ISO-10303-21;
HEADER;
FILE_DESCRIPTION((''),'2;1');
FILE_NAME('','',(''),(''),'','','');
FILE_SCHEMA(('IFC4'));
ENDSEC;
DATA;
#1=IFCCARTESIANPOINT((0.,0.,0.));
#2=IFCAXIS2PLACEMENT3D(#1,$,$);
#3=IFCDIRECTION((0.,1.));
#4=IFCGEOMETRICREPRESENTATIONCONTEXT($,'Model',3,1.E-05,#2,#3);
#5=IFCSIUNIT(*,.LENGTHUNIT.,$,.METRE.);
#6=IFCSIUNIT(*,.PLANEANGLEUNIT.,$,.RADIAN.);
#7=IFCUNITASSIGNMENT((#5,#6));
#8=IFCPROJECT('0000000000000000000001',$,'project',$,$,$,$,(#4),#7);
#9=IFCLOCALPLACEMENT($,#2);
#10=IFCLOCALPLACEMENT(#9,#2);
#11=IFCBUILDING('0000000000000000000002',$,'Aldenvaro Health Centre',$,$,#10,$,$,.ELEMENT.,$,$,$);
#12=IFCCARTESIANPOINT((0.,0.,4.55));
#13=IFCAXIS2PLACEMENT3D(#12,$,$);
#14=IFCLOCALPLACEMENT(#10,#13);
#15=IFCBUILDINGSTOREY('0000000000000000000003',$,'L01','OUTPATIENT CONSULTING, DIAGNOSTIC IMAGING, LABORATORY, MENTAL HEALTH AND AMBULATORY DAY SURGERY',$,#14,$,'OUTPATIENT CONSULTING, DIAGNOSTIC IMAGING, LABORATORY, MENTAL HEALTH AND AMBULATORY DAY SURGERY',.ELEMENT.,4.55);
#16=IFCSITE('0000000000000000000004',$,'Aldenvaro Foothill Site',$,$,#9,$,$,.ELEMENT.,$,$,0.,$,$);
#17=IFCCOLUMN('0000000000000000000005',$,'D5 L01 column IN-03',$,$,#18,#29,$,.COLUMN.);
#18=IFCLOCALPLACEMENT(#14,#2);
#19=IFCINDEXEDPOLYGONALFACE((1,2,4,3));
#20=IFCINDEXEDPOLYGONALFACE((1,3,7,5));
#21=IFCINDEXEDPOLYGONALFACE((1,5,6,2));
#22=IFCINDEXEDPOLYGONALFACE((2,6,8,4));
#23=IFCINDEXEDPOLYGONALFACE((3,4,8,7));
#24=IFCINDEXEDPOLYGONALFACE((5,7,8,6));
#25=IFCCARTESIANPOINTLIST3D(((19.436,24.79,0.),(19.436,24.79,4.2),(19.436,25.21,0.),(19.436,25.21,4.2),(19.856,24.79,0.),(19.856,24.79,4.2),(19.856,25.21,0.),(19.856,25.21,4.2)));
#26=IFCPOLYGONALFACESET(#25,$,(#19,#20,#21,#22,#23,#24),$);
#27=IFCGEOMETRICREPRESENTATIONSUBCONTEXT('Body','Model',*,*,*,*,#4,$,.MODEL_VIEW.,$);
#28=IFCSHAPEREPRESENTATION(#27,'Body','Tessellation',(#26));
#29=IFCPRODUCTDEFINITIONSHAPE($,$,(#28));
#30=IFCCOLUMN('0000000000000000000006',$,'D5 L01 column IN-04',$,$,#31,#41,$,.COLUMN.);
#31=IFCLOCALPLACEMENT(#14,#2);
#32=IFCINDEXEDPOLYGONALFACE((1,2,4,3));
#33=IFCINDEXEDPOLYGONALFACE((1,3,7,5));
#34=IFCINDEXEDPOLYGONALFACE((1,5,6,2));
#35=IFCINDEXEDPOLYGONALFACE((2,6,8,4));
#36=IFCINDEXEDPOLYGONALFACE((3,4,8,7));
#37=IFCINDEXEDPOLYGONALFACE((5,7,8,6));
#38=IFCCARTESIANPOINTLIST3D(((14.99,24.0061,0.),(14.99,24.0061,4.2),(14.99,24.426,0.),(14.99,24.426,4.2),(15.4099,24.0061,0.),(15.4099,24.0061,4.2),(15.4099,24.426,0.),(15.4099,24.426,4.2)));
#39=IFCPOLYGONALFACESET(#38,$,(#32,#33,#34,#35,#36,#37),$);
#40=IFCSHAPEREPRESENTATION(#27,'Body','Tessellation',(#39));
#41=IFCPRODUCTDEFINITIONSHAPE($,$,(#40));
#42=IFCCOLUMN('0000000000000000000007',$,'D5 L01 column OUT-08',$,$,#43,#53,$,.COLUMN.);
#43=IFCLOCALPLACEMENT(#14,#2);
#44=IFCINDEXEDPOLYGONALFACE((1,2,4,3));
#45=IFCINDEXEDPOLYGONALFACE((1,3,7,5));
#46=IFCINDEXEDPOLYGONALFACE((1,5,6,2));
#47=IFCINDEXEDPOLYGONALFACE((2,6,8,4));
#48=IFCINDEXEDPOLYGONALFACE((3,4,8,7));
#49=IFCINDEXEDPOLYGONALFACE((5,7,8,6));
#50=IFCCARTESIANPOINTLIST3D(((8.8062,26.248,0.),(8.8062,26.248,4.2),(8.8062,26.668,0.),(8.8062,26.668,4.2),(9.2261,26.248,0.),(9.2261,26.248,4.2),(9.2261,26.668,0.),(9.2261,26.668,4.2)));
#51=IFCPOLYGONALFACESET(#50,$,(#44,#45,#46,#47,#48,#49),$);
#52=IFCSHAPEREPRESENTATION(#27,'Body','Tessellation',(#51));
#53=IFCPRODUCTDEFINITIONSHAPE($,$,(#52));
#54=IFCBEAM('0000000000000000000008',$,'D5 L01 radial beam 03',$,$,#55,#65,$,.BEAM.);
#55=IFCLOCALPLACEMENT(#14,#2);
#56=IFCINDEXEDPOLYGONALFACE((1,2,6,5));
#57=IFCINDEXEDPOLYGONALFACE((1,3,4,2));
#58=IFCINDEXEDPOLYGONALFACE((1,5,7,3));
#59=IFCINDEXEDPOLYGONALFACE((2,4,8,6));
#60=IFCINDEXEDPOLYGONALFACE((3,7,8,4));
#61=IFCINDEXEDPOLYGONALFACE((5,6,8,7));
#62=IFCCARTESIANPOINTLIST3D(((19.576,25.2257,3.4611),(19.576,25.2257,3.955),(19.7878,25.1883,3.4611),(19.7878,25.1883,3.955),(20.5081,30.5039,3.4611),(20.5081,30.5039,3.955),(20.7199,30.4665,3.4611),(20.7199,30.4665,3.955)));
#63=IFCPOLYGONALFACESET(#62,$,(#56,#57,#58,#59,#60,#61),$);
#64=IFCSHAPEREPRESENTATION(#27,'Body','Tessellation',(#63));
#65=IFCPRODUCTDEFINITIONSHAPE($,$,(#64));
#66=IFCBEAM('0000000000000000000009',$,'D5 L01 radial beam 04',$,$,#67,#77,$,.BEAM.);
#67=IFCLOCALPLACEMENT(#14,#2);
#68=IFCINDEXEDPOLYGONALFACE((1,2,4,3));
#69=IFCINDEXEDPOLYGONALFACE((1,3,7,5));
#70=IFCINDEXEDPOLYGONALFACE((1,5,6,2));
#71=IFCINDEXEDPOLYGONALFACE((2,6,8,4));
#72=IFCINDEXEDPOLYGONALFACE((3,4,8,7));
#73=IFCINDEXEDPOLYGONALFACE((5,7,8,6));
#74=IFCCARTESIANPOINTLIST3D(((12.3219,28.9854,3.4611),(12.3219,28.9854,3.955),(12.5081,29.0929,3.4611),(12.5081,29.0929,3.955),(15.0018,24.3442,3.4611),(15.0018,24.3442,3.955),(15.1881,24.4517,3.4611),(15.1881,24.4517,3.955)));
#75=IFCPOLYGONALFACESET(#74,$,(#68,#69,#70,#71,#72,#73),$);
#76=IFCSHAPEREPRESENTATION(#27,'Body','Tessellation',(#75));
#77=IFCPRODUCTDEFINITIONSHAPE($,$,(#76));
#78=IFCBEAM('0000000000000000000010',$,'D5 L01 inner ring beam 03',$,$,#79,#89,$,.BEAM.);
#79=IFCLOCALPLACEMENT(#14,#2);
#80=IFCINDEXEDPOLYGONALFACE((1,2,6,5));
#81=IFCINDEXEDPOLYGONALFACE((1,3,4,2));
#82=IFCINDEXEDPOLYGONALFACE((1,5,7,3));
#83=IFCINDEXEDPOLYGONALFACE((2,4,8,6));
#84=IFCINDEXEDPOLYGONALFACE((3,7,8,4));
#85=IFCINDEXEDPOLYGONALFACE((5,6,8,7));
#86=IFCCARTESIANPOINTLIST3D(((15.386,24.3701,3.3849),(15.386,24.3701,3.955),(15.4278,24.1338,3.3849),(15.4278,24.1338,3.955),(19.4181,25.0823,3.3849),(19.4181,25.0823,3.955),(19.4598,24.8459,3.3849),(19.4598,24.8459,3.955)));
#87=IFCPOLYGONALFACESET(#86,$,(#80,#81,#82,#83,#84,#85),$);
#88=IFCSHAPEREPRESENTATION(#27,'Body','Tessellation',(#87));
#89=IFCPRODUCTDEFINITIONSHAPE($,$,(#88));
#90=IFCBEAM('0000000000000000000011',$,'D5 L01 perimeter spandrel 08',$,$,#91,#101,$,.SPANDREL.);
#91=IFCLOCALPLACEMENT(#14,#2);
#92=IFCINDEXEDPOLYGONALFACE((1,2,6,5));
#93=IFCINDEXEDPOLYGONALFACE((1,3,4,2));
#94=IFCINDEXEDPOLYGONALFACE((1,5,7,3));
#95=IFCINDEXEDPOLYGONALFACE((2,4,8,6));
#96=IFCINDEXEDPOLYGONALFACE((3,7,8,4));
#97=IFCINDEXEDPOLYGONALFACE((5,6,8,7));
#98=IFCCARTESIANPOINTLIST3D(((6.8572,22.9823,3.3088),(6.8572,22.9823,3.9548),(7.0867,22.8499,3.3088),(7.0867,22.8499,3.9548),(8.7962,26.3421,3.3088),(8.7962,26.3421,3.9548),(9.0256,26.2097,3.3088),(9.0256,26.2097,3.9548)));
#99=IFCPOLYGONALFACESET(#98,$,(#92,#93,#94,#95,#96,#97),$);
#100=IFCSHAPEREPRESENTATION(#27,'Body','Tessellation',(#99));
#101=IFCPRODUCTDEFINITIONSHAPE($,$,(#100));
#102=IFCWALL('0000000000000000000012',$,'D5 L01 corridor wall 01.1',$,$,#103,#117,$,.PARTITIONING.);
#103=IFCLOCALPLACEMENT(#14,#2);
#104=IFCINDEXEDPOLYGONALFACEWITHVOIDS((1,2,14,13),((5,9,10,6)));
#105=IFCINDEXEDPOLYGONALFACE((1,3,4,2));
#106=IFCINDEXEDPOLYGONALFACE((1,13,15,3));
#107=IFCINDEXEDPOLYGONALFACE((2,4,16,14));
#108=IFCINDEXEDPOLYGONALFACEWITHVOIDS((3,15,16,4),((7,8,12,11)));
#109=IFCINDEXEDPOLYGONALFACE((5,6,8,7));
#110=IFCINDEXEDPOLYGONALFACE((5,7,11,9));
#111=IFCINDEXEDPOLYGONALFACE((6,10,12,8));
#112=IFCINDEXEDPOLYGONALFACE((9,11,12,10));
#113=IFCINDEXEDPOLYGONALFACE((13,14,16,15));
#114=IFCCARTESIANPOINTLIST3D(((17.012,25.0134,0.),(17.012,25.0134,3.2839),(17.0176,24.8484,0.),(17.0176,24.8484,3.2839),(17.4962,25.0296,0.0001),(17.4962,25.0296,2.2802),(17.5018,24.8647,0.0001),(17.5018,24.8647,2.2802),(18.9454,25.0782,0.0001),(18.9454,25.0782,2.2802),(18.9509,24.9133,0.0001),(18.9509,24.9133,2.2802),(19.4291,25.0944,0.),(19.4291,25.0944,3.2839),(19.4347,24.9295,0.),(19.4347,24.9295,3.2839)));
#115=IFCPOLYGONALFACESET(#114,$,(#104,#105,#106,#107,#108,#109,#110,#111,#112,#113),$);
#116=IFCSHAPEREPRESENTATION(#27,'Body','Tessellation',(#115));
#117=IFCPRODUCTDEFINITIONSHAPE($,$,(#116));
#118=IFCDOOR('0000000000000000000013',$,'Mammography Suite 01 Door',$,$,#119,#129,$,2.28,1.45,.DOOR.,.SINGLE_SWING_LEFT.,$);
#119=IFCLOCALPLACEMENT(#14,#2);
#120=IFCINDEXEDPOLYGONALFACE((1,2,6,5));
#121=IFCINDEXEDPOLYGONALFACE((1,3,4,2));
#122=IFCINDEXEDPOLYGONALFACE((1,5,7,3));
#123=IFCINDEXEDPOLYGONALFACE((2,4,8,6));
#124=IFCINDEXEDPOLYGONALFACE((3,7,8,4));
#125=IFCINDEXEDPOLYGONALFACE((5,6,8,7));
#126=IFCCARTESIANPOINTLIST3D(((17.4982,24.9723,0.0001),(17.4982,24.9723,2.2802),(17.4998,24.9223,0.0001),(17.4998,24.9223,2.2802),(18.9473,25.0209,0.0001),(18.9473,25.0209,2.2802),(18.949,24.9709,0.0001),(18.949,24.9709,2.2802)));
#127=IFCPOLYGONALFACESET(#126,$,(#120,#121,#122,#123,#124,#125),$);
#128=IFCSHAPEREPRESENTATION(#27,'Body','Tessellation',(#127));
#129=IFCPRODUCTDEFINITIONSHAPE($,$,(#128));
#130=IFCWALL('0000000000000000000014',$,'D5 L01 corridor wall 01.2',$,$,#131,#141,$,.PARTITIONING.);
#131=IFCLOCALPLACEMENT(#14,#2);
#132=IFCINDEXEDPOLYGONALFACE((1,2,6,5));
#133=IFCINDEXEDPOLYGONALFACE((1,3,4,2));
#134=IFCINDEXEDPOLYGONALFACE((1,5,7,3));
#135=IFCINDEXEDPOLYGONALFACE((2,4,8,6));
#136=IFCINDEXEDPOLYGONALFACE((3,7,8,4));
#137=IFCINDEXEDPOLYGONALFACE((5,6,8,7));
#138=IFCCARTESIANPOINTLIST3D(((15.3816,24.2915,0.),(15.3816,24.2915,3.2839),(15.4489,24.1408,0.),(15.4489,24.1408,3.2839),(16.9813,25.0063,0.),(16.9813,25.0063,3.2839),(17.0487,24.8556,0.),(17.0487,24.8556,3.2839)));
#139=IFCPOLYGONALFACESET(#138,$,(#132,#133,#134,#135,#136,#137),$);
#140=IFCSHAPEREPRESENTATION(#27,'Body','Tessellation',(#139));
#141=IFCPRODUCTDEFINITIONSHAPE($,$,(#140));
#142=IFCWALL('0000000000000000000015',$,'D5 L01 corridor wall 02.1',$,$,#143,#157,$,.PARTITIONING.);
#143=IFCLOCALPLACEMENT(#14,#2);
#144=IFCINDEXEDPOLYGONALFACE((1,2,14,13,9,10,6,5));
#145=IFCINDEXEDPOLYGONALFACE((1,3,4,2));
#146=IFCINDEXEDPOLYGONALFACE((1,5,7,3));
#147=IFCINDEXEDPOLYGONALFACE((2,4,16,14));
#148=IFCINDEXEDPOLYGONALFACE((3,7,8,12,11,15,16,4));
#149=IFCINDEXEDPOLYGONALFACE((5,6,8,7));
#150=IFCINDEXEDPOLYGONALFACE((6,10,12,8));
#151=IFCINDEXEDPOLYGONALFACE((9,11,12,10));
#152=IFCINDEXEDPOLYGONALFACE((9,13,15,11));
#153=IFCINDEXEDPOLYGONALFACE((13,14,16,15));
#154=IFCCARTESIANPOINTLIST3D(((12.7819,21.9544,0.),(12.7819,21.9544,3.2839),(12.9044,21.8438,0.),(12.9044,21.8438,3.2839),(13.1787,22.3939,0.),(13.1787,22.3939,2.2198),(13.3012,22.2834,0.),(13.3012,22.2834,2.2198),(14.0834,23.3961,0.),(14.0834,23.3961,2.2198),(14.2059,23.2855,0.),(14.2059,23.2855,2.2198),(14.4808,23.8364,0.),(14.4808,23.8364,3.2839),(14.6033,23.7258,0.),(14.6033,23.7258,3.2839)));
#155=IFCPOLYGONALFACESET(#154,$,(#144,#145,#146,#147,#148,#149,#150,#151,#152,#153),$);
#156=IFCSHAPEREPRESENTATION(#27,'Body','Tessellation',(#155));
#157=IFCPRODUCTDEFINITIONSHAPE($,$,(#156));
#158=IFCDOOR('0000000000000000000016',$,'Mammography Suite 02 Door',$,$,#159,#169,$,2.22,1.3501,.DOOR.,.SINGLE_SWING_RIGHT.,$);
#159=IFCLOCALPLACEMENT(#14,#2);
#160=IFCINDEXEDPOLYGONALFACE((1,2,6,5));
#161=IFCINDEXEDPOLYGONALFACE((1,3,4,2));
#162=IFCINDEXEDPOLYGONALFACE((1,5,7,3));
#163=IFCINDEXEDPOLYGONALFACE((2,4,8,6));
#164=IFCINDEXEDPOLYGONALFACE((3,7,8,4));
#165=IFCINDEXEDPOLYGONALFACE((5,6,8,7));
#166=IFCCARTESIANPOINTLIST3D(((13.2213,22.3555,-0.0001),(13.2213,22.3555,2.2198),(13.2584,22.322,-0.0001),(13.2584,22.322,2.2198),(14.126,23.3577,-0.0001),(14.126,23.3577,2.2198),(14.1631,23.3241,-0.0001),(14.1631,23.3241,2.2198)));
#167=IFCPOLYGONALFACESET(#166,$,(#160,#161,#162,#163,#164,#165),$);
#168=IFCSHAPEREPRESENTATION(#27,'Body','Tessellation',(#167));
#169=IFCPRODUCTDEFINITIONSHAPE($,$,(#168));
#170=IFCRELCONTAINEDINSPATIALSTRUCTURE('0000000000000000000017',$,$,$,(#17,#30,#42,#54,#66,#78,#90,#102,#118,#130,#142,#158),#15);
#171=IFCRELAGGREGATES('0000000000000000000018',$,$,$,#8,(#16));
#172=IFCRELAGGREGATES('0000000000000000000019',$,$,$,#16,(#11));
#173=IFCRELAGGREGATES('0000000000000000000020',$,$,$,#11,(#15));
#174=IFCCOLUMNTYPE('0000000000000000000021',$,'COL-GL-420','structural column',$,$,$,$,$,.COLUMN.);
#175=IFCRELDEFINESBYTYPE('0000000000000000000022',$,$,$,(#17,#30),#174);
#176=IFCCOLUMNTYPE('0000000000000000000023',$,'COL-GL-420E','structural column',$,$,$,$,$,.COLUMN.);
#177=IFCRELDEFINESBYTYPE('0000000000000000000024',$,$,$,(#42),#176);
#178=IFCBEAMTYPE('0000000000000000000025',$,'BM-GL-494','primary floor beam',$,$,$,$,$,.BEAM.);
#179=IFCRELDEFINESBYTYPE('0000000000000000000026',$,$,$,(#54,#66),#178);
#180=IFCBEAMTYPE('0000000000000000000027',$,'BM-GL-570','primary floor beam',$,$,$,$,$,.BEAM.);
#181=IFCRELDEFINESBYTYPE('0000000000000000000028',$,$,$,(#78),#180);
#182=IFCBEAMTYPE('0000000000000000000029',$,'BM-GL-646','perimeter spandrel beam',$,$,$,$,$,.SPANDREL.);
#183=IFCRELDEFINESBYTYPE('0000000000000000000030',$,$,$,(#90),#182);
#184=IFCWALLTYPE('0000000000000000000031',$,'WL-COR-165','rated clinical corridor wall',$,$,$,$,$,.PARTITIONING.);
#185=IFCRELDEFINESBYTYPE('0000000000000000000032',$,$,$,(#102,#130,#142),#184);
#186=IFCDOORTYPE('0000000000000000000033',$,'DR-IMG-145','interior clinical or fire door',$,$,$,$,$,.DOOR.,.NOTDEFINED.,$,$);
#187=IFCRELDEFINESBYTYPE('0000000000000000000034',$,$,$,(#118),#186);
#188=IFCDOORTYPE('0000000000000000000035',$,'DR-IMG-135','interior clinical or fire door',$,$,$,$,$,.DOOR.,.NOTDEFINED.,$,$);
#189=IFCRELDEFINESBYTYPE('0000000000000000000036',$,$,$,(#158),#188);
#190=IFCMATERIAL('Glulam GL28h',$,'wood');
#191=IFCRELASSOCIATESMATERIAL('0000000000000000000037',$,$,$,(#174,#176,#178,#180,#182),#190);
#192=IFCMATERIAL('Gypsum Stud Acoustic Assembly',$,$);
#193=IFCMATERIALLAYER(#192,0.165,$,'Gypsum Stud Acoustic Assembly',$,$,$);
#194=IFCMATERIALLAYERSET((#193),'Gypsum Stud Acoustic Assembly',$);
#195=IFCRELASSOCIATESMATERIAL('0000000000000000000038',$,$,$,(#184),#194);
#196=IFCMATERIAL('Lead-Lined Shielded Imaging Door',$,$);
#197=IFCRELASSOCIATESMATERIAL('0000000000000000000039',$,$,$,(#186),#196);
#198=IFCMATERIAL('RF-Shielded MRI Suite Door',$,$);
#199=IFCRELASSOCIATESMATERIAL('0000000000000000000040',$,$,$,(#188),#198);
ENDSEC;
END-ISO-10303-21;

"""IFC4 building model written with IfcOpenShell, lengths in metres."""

from ifc_helpers import new_model, si_unit, direction, frame, frame_2d, origin, origin_2d, place, context, subcontext, project, spatial, rectangle, extrude, material, layer, layer_set, material_profile, profile_set, type_object, element, fill, save


model = new_model("IFC4")

# Units and contexts
model_context = context("Model", 3, precision=1e-05, world=origin(), true_north=direction((0.0, 1.0)))
body_context = subcontext(model_context, "Body", "Model", "MODEL_VIEW")
ifc_project = project(units=[si_unit("LENGTHUNIT", "METRE"), si_unit("PLANEANGLEUNIT", "RADIAN")], contexts=[model_context])

# Site, building, storey
site_placement = place(None, origin())
site = spatial("IfcSite", under=ifc_project, at=site_placement, Name="Aldenvaro Foothill Site", CompositionType="ELEMENT", RefElevation=0.0)
building_placement = place(site_placement, origin())
building = spatial("IfcBuilding", under=site, at=building_placement, Name="Aldenvaro Health Centre", CompositionType="ELEMENT")
storey_placement = place(building_placement, frame((0.0, 0.0, 4.55)))
storey = spatial("IfcBuildingStorey", under=building, at=storey_placement, Name="L01", Description="OUTPATIENT CONSULTING, DIAGNOSTIC IMAGING, LABORATORY, MENTAL HEALTH AND AMBULATORY DAY SURGERY", LongName="OUTPATIENT CONSULTING, DIAGNOSTIC IMAGING, LABORATORY, MENTAL HEALTH AND AMBULATORY DAY SURGERY", CompositionType="ELEMENT", Elevation=4.55)

# Columns
ifc_material_1 = material(Name="Glulam GL28h", Category="wood")
ifc_material_profile_1 = material_profile(ifc_material_1, rectangle(XDim=0.4199, YDim=0.4199, at=origin_2d()), Name="GL 420x420", Category="wood")
ifc_profile_set_1 = profile_set([ifc_material_profile_1], Name="Glulam GL28h")
column_type_1 = type_object("IfcColumnType", Name="COL-GL-420", Description="structural column", PredefinedType="COLUMN", material=ifc_profile_set_1)
for number, where, z_axis, x_axis, name in (
    (1, (19.646, 25.0, 0.0), (0.0, 0.0, 1.0), (1.0, 0.0, 0.0), "D5 L01 column IN-03"),
    (2, (15.2, 24.2161, 0.0), (0.0, 0.0, 1.0), (1.0, 0.0, 0.0), "D5 L01 column IN-04"),
):
    element("IfcColumn", number, at=place(storey_placement, frame(where, z_axis=z_axis, x_axis=x_axis)), inside=storey, type_object=column_type_1, Name=name, PredefinedType="COLUMN", context=body_context, shape_type="SweptSolid", body=[
        extrude(rectangle(XDim=0.4199, YDim=0.4199, at=origin_2d()), origin(), (0.0, 0.0, 1.0), 4.2),
    ])
ifc_material_profile_2 = material_profile(ifc_material_1, rectangle(XDim=0.4199, YDim=0.4199, at=origin_2d()), Name="GL 420x420", Category="wood")
ifc_profile_set_2 = profile_set([ifc_material_profile_2], Name="Glulam GL28h")
column_type_2 = type_object("IfcColumnType", Name="COL-GL-420E", Description="structural column", PredefinedType="COLUMN", material=ifc_profile_set_2)
column_placement = place(storey_placement, frame((9.0161, 26.458, 0.0), z_axis=(0.0, 0.0, 1.0), x_axis=(1.0, 0.0, 0.0)))
element("IfcColumn", 3, at=column_placement, inside=storey, type_object=column_type_2, Name="D5 L01 column OUT-08", PredefinedType="COLUMN", context=body_context, shape_type="SweptSolid", body=[
    extrude(rectangle(XDim=0.4199, YDim=0.4199, at=origin_2d()), origin(), (0.0, 0.0, 1.0), 4.2),
])

# Beams
ifc_material_profile_3 = material_profile(ifc_material_1, rectangle(XDim=0.2151, YDim=0.4939, at=origin_2d()), Name="GL 215x494", Category="wood")
ifc_profile_set_3 = profile_set([ifc_material_profile_3], Name="Glulam GL28h")
beam_type_1 = type_object("IfcBeamType", Name="BM-GL-494", Description="primary floor beam", PredefinedType="BEAM", material=ifc_profile_set_3)
beam_1_placement = place(storey_placement, frame((19.6819, 25.207, 3.708), z_axis=(0.173913, 0.984761, 0.0), x_axis=(-0.984761, 0.173913, 0.0)))
element("IfcBeam", 4, at=beam_1_placement, inside=storey, type_object=beam_type_1, Name="D5 L01 radial beam 03", PredefinedType="BEAM", context=body_context, shape_type="SweptSolid", body=[
    extrude(rectangle(XDim=0.2151, YDim=0.4939, at=origin_2d()), origin(), (0.0, 0.0, 1.0), 5.3599),
])
beam_2_placement = place(storey_placement, frame((15.095, 24.3979, 3.708), z_axis=(-0.500054, 0.865994, 0.0), x_axis=(-0.865994, -0.500054, 0.0)))
element("IfcBeam", 5, at=beam_2_placement, inside=storey, type_object=beam_type_1, Name="D5 L01 radial beam 04", PredefinedType="BEAM", context=body_context, shape_type="SweptSolid", body=[
    extrude(rectangle(XDim=0.2151, YDim=0.4939, at=origin_2d()), origin(), (0.0, 0.0, 1.0), 5.3594),
])
ifc_material_profile_4 = material_profile(ifc_material_1, rectangle(XDim=0.24, YDim=0.5701, at=origin_2d()), Name="GL 240x570", Category="wood")
ifc_profile_set_4 = profile_set([ifc_material_profile_4], Name="Glulam GL28h")
beam_type_2 = type_object("IfcBeamType", Name="BM-GL-570", Description="primary floor beam", PredefinedType="BEAM", material=ifc_profile_set_4)
beam_3_placement = place(storey_placement, frame((19.439, 24.9641, 3.6699), z_axis=(-0.984757, -0.173935, 0.0), x_axis=(0.173935, -0.984757, 0.0)))
element("IfcBeam", 6, at=beam_3_placement, inside=storey, type_object=beam_type_2, Name="D5 L01 inner ring beam 03", PredefinedType="BEAM", context=body_context, shape_type="SweptSolid", body=[
    extrude(rectangle(XDim=0.24, YDim=0.5701, at=origin_2d()), origin(), (0.0, 0.0, 1.0), 4.0945),
])
ifc_material_profile_5 = material_profile(ifc_material_1, rectangle(XDim=0.2649, YDim=0.646, at=origin_2d()), Name="GL 265x646", Category="wood")
ifc_profile_set_5 = profile_set([ifc_material_profile_5], Name="Glulam GL28h")
beam_type_3 = type_object("IfcBeamType", Name="BM-GL-646", Description="perimeter spandrel beam", PredefinedType="SPANDREL", material=ifc_profile_set_5)
beam_4_placement = place(storey_placement, frame((8.9109, 26.2759, 3.6318), z_axis=(-0.499835, -0.866121, 0.0), x_axis=(0.866121, -0.499835, 0.0)))
element("IfcBeam", 7, at=beam_4_placement, inside=storey, type_object=beam_type_3, Name="D5 L01 perimeter spandrel 08", PredefinedType="SPANDREL", context=body_context, shape_type="SweptSolid", body=[
    extrude(rectangle(XDim=0.2649, YDim=0.646, at=origin_2d()), origin(), (0.0, 0.0, 1.0), 3.8792),
])

# Wall, opening, door
ifc_material_2 = material(Name="Gypsum Stud Acoustic Assembly")
ifc_layer_1 = layer(ifc_material_2, 0.165, Name="Gypsum Stud Acoustic Assembly")
ifc_layer_set_1 = layer_set([ifc_layer_1], Name="Gypsum Stud Acoustic Assembly")
wall_type_1 = type_object("IfcWallType", Name="WL-COR-165", Description="rated clinical corridor wall", PredefinedType="PARTITIONING", material=ifc_layer_set_1)
wall_1_placement = place(storey_placement, frame((19.4319, 25.012, 0.0), z_axis=(0.0, 0.0, 1.0), x_axis=(-0.999438, -0.033517, 0.0)))
wall_1 = element("IfcWall", 8, at=wall_1_placement, inside=storey, type_object=wall_type_1, Name="D5 L01 corridor wall 01.1", PredefinedType="PARTITIONING", context=body_context, shape_type="SweptSolid", body=[
    extrude(rectangle(XDim=2.4185, YDim=0.165, at=frame_2d((1.2092, 0.0))), origin(), (0.0, 0.0, 1.0), 3.2839),
])
opening_1_placement = place(wall_1_placement, frame((0.4839, 0.0, 0.0)))
opening_1 = element("IfcOpeningElement", 9, at=opening_1_placement, cuts=wall_1, PredefinedType="OPENING", context=body_context, shape_type="SweptSolid", body=[
    extrude(rectangle(XDim=1.45, YDim=2.28, at=frame_2d((0.7251, 1.1401))), frame((0.0, 0.0925, 0.0), z_axis=(0.0, -1.0, 0.0), x_axis=(1.0, 0.0, 0.0)), (0.0, 0.0, 1.0), 0.1851),
])
ifc_material_3 = material(Name="Lead-Lined Shielded Imaging Door")
door_type_1 = type_object("IfcDoorType", Name="DR-IMG-145", Description="interior clinical or fire door", OperationType="NOTDEFINED", PredefinedType="DOOR", material=ifc_material_3)
door_1_placement = place(opening_1_placement, origin())
door_1 = element("IfcDoor", 10, at=door_1_placement, inside=storey, type_object=door_type_1, Name="Mammography Suite 01 Door", OperationType="SINGLE_SWING_LEFT", OverallHeight=2.28, OverallWidth=1.45, PredefinedType="DOOR", context=body_context, shape_type="SweptSolid", body=[
    extrude(rectangle(XDim=1.45, YDim=2.28, at=frame_2d((0.7251, 1.1401))), frame((0.0, 0.0249, 0.0), z_axis=(0.0, -1.0, 0.0), x_axis=(1.0, 0.0, 0.0)), (0.0, 0.0, 1.0), 0.05),
])
fill(opening_1, door_1)

# Wall
wall_2_placement = place(storey_placement, frame((17.0149, 24.9309, 0.0), z_axis=(0.0, 0.0, 1.0), x_axis=(-0.913005, -0.407947, 0.0)))
element("IfcWall", 11, at=wall_2_placement, inside=storey, type_object=wall_type_1, Name="D5 L01 corridor wall 01.2", PredefinedType="PARTITIONING", context=body_context, shape_type="SweptSolid", body=[
    extrude(rectangle(XDim=1.7522, YDim=0.165, at=frame_2d((0.876, 0.0))), origin(), (0.0, 0.0, 1.0), 3.2839),
])

# Wall, opening, door
wall_3_placement = place(storey_placement, frame((14.542, 23.781, 0.0), z_axis=(0.0, 0.0, 1.0), x_axis=(-0.670076, -0.742293, 0.0)))
wall_3 = element("IfcWall", 12, at=wall_3_placement, inside=storey, type_object=wall_type_1, Name="D5 L01 corridor wall 02.1", PredefinedType="PARTITIONING", context=body_context, shape_type="SweptSolid", body=[
    extrude(rectangle(XDim=2.5354, YDim=0.165, at=frame_2d((1.2676, 0.0))), origin(), (0.0, 0.0, 1.0), 3.2839),
])
opening_2_placement = place(wall_3_placement, frame((0.593, 0.0, 0.0)))
opening_2 = element("IfcOpeningElement", 13, at=opening_2_placement, cuts=wall_3, PredefinedType="OPENING", context=body_context, shape_type="SweptSolid", body=[
    extrude(rectangle(XDim=1.3501, YDim=2.22, at=frame_2d((0.675, 1.1099))), frame((0.0, 0.0925, 0.0), z_axis=(0.0, -1.0, 0.0), x_axis=(1.0, 0.0, 0.0)), (0.0, 0.0, 1.0), 0.1851),
])
ifc_material_4 = material(Name="RF-Shielded MRI Suite Door")
door_type_2 = type_object("IfcDoorType", Name="DR-IMG-135", Description="interior clinical or fire door", OperationType="NOTDEFINED", PredefinedType="DOOR", material=ifc_material_4)
door_2_placement = place(opening_2_placement, origin())
door_2 = element("IfcDoor", 14, at=door_2_placement, inside=storey, type_object=door_type_2, Name="Mammography Suite 02 Door", OperationType="SINGLE_SWING_RIGHT", OverallHeight=2.22, OverallWidth=1.3501, PredefinedType="DOOR", context=body_context, shape_type="SweptSolid", body=[
    extrude(rectangle(XDim=1.3501, YDim=2.22, at=frame_2d((0.675, 1.1099))), frame((0.0, 0.0249, 0.0), z_axis=(0.0, -1.0, 0.0), x_axis=(1.0, 0.0, 0.0)), (0.0, 0.0, 1.0), 0.05),
])
fill(opening_2, door_2)

save(model, "model.ifc")
